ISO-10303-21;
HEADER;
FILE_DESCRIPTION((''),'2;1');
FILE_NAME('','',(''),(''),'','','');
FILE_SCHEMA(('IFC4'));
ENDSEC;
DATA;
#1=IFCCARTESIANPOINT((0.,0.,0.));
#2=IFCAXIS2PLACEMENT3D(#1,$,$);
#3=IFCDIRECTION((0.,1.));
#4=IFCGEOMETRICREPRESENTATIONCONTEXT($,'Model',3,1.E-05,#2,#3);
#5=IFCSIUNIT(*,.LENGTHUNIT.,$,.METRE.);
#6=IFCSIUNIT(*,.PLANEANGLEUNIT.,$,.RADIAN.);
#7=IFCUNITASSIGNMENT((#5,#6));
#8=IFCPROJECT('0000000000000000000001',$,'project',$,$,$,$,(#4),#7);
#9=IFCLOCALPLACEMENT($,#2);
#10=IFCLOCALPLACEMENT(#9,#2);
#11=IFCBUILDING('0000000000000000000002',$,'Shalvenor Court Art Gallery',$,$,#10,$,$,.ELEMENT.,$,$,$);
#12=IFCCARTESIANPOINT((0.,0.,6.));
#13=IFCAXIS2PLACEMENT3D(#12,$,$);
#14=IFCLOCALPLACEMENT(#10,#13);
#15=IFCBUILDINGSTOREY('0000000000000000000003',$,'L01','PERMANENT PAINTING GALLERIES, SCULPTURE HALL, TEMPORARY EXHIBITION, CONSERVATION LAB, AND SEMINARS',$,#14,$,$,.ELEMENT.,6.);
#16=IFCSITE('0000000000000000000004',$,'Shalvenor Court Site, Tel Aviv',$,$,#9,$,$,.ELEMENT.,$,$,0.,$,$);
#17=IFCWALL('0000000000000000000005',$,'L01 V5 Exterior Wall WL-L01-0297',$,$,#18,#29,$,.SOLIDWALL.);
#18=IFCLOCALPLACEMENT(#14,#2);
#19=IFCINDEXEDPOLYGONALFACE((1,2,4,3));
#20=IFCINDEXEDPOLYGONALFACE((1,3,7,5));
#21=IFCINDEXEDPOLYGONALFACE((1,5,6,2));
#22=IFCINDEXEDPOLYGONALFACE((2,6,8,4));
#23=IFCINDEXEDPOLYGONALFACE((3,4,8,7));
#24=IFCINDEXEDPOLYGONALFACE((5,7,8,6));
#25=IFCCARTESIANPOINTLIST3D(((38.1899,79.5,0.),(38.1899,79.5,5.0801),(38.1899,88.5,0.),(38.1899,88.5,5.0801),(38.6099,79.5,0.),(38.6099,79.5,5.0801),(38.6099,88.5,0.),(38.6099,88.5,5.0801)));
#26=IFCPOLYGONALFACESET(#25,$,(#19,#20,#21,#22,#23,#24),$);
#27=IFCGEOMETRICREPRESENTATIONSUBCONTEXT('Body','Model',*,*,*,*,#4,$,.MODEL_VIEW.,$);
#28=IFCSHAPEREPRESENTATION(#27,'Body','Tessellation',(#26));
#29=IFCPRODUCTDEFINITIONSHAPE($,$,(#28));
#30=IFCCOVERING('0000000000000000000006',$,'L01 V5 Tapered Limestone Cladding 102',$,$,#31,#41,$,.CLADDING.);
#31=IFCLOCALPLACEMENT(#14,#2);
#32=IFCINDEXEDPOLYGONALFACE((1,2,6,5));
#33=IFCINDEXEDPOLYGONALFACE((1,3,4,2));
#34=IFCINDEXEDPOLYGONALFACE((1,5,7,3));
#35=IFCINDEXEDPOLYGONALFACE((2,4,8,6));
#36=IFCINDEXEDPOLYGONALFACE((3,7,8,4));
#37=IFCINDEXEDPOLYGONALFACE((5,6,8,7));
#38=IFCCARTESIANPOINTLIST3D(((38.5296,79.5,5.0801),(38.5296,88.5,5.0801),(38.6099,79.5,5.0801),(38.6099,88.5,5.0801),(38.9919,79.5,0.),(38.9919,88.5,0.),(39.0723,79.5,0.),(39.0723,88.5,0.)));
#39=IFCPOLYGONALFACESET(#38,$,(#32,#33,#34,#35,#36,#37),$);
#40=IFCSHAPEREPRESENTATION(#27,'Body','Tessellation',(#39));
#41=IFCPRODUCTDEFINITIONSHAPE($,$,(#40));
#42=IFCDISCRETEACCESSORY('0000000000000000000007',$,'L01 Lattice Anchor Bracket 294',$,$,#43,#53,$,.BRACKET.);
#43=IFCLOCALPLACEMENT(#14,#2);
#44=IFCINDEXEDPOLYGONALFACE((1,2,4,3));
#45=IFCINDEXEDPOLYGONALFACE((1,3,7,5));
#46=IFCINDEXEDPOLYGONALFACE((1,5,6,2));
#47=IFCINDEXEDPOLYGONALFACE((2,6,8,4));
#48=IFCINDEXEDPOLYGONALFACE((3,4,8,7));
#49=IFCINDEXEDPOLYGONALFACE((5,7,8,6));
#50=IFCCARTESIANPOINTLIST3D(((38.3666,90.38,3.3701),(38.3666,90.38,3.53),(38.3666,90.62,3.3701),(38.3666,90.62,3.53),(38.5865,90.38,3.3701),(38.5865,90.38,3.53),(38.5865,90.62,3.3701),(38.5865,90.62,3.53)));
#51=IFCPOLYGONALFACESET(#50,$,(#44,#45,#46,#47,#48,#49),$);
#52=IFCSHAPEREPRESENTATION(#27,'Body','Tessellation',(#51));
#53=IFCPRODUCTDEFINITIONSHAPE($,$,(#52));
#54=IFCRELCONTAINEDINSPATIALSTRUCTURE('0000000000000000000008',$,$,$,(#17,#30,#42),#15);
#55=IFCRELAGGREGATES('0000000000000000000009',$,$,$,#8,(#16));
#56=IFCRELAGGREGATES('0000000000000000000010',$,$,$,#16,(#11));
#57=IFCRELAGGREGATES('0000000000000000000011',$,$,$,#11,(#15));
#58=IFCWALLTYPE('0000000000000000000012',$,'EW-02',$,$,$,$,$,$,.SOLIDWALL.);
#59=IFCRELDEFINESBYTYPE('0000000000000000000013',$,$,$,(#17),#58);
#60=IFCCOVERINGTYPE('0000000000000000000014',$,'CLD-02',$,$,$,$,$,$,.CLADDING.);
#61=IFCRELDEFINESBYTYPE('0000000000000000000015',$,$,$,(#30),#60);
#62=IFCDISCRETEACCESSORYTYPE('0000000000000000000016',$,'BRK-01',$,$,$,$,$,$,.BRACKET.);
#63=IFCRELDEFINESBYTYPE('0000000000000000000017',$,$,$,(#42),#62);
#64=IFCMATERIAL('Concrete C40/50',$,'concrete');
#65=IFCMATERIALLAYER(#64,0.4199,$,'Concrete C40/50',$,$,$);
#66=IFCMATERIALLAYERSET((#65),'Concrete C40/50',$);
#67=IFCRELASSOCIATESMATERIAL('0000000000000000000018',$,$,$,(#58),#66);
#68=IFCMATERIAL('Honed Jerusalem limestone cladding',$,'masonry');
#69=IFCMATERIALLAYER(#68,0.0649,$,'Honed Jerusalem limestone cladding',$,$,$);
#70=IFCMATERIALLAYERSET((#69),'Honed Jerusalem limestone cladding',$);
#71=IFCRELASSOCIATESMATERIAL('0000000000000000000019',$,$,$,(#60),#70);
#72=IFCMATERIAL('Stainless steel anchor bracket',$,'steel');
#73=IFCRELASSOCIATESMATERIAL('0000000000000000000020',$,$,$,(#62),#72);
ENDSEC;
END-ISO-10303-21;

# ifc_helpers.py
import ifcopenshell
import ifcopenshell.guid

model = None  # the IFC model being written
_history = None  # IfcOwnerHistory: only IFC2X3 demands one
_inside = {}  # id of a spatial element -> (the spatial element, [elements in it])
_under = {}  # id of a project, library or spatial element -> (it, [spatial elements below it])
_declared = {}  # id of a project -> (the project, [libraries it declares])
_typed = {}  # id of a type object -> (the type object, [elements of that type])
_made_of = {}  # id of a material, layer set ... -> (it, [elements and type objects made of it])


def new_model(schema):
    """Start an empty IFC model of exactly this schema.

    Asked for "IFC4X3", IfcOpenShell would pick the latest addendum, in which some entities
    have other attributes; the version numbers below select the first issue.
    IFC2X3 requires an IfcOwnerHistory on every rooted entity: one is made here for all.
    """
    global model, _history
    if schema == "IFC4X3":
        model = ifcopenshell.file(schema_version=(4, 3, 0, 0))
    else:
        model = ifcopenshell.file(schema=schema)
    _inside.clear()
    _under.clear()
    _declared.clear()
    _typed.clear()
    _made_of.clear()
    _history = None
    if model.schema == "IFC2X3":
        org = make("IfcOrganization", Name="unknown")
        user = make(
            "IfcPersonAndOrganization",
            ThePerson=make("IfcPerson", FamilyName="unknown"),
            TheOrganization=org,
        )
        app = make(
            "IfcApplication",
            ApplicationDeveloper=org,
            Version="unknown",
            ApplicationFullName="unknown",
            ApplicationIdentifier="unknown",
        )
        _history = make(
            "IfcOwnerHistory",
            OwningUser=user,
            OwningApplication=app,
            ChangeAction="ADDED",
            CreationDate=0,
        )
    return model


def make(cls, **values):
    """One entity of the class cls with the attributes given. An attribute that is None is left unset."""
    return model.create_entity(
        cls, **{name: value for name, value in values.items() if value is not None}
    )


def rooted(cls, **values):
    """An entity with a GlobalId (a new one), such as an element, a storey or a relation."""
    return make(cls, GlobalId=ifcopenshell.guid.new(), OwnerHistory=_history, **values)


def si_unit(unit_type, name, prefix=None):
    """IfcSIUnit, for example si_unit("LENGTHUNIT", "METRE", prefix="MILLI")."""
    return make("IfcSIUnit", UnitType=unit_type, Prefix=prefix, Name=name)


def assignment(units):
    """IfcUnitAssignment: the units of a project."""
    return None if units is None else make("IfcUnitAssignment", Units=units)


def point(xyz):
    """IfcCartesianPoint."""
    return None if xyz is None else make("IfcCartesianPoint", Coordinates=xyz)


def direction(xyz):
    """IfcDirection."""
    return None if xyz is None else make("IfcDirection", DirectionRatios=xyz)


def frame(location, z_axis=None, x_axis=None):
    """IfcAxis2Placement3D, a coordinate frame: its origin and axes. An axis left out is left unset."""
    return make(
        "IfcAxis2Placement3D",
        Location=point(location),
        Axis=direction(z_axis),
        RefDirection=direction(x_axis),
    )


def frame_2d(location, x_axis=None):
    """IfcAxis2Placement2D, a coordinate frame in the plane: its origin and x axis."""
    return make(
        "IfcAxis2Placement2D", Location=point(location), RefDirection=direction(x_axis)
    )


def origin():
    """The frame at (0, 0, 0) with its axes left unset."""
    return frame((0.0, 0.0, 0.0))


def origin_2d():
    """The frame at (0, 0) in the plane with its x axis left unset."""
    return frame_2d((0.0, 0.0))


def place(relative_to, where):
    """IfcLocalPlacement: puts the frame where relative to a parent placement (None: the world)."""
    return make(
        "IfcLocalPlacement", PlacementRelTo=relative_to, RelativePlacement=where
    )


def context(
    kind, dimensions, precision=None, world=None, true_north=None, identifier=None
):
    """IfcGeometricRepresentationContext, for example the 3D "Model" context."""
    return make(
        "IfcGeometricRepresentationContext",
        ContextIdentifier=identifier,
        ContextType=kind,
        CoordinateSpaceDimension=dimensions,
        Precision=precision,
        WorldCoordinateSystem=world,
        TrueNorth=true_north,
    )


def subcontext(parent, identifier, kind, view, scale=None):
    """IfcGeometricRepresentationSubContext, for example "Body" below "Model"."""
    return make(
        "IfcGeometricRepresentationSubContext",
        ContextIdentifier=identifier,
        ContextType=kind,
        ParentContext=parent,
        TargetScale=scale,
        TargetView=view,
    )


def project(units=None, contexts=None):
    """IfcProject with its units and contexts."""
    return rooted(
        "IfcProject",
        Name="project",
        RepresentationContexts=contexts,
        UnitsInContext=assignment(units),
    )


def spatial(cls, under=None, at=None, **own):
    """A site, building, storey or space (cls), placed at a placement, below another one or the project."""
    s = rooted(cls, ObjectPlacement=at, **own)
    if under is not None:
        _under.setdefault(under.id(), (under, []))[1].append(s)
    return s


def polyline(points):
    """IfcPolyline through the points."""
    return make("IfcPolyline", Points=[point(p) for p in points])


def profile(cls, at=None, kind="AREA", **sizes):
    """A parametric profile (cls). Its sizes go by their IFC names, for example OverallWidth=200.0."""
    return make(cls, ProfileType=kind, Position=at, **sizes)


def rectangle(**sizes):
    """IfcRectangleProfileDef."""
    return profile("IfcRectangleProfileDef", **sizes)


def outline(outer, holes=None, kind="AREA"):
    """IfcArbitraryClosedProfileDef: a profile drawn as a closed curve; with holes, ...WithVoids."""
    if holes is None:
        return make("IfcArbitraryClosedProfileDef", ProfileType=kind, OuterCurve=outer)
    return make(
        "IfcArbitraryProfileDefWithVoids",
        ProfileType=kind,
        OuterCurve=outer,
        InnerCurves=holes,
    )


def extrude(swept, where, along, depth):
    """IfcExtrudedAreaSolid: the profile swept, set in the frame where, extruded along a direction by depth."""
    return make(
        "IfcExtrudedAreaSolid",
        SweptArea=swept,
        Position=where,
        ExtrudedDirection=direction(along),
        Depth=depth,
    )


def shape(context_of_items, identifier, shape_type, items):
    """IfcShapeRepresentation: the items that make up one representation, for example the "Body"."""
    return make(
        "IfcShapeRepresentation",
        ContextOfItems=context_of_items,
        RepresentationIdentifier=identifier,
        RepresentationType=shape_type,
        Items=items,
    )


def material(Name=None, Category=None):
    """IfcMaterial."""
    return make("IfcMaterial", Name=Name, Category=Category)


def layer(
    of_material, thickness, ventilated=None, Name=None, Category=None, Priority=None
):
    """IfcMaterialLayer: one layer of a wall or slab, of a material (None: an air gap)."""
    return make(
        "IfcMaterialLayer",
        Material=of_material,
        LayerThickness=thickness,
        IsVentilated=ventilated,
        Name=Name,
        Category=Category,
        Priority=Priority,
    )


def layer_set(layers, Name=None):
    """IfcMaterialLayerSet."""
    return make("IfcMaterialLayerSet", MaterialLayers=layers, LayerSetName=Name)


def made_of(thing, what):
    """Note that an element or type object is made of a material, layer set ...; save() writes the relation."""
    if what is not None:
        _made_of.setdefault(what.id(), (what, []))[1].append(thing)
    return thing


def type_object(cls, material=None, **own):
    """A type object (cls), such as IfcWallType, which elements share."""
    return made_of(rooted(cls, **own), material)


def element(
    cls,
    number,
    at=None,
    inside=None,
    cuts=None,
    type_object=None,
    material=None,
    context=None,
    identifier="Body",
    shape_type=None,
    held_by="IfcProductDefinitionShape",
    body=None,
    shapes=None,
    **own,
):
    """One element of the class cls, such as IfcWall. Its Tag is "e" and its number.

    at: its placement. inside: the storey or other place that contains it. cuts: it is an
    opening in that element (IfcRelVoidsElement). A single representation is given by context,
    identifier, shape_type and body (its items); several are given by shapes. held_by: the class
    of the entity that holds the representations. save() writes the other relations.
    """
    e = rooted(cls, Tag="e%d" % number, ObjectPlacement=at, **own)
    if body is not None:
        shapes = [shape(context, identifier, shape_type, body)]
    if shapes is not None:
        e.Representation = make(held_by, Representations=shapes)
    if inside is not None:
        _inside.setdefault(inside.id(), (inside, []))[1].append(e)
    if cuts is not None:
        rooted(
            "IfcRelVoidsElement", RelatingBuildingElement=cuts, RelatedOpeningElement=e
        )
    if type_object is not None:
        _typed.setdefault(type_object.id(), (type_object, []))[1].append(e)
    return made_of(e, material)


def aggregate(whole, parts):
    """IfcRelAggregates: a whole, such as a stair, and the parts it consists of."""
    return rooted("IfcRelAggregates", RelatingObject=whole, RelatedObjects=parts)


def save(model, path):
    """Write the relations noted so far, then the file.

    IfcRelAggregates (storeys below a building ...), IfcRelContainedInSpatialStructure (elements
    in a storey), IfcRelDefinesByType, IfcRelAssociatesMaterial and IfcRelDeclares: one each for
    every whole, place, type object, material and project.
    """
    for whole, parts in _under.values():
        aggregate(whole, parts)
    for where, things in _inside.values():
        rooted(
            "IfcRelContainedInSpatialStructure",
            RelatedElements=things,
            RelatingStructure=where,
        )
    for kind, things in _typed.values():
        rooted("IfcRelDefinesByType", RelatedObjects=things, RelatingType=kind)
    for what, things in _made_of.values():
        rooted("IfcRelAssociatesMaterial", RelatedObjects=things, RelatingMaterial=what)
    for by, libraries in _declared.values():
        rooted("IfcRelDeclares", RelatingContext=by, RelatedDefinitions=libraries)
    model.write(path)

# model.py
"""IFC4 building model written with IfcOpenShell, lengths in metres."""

from ifc_helpers import new_model, si_unit, direction, frame, frame_2d, origin, origin_2d, place, context, subcontext, project, spatial, polyline, rectangle, outline, extrude, material, layer, layer_set, type_object, element, save


model = new_model("IFC4")

# Units and contexts
model_context = context("Model", 3, precision=1e-05, world=origin(), true_north=direction((0.0, 1.0)))
body_context = subcontext(model_context, "Body", "Model", "MODEL_VIEW")
ifc_project = project(units=[si_unit("LENGTHUNIT", "METRE"), si_unit("PLANEANGLEUNIT", "RADIAN")], contexts=[model_context])

# Site, building, storey
site_placement = place(None, origin())
site = spatial("IfcSite", under=ifc_project, at=site_placement, Name="Shalvenor Court Site, Tel Aviv", CompositionType="ELEMENT", RefElevation=0.0)
building_placement = place(site_placement, origin())
building = spatial("IfcBuilding", under=site, at=building_placement, Name="Shalvenor Court Art Gallery", CompositionType="ELEMENT")
storey_placement = place(building_placement, frame((0.0, 0.0, 6.0)))
storey = spatial("IfcBuildingStorey", under=building, at=storey_placement, Name="L01", Description="PERMANENT PAINTING GALLERIES, SCULPTURE HALL, TEMPORARY EXHIBITION, CONSERVATION LAB, AND SEMINARS", CompositionType="ELEMENT", Elevation=6.0)

# Wall
ifc_material_1 = material(Name="Concrete C40/50", Category="concrete")
ifc_layer_1 = layer(ifc_material_1, 0.4199, Name="Concrete C40/50")
ifc_layer_set_1 = layer_set([ifc_layer_1], Name="Concrete C40/50")
wall_type = type_object("IfcWallType", Name="EW-02", PredefinedType="SOLIDWALL", material=ifc_layer_set_1)
wall_placement = place(storey_placement, frame((38.3999, 88.5, 0.0), z_axis=(0.0, 0.0, 1.0), x_axis=(0.0, -1.0, 0.0)))
element("IfcWall", 1, at=wall_placement, inside=storey, type_object=wall_type, Name="L01 V5 Exterior Wall WL-L01-0297", PredefinedType="SOLIDWALL", context=body_context, shape_type="SweptSolid", body=[
    extrude(rectangle(XDim=9.0, YDim=0.4199, at=frame_2d((4.5, 0.0))), origin(), (0.0, 0.0, 1.0), 5.0801),
])

# Covering
ifc_material_2 = material(Name="Honed Jerusalem limestone cladding", Category="masonry")
ifc_layer_2 = layer(ifc_material_2, 0.0649, Name="Honed Jerusalem limestone cladding")
ifc_layer_set_2 = layer_set([ifc_layer_2], Name="Honed Jerusalem limestone cladding")
covering_type = type_object("IfcCoveringType", Name="CLD-02", PredefinedType="CLADDING", material=ifc_layer_set_2)
covering_placement = place(storey_placement, frame((39.0723, 79.5, 0.0), z_axis=(0.0, 0.0, 1.0), x_axis=(0.0, 1.0, 0.0)))
element("IfcCovering", 2, at=covering_placement, inside=storey, type_object=covering_type, Name="L01 V5 Tapered Limestone Cladding 102", PredefinedType="CLADDING", context=body_context, shape_type="SweptSolid", body=[
    extrude(outline(polyline([(0.0, 0.0), (9.0, 0.0), (9.0, 5.1011), (0.0, 5.1011), (0.0, 0.0)])), frame((0.0, 0.0, 0.0), z_axis=(0.0, -0.995884, 0.090633), x_axis=(1.0, 0.0, 0.0)), (0.0, 0.090633, -0.995884), 0.0803),
])

# Discrete accessory
ifc_material_3 = material(Name="Stainless steel anchor bracket", Category="steel")
discrete_accessory_type = type_object("IfcDiscreteAccessoryType", Name="BRK-01", PredefinedType="BRACKET", material=ifc_material_3)
discrete_accessory_placement = place(storey_placement, frame((38.4766, 90.5, 3.3701), z_axis=(0.0, 0.0, 1.0), x_axis=(0.0, -1.0, 0.0)))
element("IfcDiscreteAccessory", 3, at=discrete_accessory_placement, inside=storey, type_object=discrete_accessory_type, Name="L01 Lattice Anchor Bracket 294", PredefinedType="BRACKET", context=body_context, shape_type="SweptSolid", body=[
    extrude(rectangle(XDim=0.24, YDim=0.22, at=origin_2d()), origin(), (0.0, 0.0, 1.0), 0.1599),
])

save(model, "model.ifc")
